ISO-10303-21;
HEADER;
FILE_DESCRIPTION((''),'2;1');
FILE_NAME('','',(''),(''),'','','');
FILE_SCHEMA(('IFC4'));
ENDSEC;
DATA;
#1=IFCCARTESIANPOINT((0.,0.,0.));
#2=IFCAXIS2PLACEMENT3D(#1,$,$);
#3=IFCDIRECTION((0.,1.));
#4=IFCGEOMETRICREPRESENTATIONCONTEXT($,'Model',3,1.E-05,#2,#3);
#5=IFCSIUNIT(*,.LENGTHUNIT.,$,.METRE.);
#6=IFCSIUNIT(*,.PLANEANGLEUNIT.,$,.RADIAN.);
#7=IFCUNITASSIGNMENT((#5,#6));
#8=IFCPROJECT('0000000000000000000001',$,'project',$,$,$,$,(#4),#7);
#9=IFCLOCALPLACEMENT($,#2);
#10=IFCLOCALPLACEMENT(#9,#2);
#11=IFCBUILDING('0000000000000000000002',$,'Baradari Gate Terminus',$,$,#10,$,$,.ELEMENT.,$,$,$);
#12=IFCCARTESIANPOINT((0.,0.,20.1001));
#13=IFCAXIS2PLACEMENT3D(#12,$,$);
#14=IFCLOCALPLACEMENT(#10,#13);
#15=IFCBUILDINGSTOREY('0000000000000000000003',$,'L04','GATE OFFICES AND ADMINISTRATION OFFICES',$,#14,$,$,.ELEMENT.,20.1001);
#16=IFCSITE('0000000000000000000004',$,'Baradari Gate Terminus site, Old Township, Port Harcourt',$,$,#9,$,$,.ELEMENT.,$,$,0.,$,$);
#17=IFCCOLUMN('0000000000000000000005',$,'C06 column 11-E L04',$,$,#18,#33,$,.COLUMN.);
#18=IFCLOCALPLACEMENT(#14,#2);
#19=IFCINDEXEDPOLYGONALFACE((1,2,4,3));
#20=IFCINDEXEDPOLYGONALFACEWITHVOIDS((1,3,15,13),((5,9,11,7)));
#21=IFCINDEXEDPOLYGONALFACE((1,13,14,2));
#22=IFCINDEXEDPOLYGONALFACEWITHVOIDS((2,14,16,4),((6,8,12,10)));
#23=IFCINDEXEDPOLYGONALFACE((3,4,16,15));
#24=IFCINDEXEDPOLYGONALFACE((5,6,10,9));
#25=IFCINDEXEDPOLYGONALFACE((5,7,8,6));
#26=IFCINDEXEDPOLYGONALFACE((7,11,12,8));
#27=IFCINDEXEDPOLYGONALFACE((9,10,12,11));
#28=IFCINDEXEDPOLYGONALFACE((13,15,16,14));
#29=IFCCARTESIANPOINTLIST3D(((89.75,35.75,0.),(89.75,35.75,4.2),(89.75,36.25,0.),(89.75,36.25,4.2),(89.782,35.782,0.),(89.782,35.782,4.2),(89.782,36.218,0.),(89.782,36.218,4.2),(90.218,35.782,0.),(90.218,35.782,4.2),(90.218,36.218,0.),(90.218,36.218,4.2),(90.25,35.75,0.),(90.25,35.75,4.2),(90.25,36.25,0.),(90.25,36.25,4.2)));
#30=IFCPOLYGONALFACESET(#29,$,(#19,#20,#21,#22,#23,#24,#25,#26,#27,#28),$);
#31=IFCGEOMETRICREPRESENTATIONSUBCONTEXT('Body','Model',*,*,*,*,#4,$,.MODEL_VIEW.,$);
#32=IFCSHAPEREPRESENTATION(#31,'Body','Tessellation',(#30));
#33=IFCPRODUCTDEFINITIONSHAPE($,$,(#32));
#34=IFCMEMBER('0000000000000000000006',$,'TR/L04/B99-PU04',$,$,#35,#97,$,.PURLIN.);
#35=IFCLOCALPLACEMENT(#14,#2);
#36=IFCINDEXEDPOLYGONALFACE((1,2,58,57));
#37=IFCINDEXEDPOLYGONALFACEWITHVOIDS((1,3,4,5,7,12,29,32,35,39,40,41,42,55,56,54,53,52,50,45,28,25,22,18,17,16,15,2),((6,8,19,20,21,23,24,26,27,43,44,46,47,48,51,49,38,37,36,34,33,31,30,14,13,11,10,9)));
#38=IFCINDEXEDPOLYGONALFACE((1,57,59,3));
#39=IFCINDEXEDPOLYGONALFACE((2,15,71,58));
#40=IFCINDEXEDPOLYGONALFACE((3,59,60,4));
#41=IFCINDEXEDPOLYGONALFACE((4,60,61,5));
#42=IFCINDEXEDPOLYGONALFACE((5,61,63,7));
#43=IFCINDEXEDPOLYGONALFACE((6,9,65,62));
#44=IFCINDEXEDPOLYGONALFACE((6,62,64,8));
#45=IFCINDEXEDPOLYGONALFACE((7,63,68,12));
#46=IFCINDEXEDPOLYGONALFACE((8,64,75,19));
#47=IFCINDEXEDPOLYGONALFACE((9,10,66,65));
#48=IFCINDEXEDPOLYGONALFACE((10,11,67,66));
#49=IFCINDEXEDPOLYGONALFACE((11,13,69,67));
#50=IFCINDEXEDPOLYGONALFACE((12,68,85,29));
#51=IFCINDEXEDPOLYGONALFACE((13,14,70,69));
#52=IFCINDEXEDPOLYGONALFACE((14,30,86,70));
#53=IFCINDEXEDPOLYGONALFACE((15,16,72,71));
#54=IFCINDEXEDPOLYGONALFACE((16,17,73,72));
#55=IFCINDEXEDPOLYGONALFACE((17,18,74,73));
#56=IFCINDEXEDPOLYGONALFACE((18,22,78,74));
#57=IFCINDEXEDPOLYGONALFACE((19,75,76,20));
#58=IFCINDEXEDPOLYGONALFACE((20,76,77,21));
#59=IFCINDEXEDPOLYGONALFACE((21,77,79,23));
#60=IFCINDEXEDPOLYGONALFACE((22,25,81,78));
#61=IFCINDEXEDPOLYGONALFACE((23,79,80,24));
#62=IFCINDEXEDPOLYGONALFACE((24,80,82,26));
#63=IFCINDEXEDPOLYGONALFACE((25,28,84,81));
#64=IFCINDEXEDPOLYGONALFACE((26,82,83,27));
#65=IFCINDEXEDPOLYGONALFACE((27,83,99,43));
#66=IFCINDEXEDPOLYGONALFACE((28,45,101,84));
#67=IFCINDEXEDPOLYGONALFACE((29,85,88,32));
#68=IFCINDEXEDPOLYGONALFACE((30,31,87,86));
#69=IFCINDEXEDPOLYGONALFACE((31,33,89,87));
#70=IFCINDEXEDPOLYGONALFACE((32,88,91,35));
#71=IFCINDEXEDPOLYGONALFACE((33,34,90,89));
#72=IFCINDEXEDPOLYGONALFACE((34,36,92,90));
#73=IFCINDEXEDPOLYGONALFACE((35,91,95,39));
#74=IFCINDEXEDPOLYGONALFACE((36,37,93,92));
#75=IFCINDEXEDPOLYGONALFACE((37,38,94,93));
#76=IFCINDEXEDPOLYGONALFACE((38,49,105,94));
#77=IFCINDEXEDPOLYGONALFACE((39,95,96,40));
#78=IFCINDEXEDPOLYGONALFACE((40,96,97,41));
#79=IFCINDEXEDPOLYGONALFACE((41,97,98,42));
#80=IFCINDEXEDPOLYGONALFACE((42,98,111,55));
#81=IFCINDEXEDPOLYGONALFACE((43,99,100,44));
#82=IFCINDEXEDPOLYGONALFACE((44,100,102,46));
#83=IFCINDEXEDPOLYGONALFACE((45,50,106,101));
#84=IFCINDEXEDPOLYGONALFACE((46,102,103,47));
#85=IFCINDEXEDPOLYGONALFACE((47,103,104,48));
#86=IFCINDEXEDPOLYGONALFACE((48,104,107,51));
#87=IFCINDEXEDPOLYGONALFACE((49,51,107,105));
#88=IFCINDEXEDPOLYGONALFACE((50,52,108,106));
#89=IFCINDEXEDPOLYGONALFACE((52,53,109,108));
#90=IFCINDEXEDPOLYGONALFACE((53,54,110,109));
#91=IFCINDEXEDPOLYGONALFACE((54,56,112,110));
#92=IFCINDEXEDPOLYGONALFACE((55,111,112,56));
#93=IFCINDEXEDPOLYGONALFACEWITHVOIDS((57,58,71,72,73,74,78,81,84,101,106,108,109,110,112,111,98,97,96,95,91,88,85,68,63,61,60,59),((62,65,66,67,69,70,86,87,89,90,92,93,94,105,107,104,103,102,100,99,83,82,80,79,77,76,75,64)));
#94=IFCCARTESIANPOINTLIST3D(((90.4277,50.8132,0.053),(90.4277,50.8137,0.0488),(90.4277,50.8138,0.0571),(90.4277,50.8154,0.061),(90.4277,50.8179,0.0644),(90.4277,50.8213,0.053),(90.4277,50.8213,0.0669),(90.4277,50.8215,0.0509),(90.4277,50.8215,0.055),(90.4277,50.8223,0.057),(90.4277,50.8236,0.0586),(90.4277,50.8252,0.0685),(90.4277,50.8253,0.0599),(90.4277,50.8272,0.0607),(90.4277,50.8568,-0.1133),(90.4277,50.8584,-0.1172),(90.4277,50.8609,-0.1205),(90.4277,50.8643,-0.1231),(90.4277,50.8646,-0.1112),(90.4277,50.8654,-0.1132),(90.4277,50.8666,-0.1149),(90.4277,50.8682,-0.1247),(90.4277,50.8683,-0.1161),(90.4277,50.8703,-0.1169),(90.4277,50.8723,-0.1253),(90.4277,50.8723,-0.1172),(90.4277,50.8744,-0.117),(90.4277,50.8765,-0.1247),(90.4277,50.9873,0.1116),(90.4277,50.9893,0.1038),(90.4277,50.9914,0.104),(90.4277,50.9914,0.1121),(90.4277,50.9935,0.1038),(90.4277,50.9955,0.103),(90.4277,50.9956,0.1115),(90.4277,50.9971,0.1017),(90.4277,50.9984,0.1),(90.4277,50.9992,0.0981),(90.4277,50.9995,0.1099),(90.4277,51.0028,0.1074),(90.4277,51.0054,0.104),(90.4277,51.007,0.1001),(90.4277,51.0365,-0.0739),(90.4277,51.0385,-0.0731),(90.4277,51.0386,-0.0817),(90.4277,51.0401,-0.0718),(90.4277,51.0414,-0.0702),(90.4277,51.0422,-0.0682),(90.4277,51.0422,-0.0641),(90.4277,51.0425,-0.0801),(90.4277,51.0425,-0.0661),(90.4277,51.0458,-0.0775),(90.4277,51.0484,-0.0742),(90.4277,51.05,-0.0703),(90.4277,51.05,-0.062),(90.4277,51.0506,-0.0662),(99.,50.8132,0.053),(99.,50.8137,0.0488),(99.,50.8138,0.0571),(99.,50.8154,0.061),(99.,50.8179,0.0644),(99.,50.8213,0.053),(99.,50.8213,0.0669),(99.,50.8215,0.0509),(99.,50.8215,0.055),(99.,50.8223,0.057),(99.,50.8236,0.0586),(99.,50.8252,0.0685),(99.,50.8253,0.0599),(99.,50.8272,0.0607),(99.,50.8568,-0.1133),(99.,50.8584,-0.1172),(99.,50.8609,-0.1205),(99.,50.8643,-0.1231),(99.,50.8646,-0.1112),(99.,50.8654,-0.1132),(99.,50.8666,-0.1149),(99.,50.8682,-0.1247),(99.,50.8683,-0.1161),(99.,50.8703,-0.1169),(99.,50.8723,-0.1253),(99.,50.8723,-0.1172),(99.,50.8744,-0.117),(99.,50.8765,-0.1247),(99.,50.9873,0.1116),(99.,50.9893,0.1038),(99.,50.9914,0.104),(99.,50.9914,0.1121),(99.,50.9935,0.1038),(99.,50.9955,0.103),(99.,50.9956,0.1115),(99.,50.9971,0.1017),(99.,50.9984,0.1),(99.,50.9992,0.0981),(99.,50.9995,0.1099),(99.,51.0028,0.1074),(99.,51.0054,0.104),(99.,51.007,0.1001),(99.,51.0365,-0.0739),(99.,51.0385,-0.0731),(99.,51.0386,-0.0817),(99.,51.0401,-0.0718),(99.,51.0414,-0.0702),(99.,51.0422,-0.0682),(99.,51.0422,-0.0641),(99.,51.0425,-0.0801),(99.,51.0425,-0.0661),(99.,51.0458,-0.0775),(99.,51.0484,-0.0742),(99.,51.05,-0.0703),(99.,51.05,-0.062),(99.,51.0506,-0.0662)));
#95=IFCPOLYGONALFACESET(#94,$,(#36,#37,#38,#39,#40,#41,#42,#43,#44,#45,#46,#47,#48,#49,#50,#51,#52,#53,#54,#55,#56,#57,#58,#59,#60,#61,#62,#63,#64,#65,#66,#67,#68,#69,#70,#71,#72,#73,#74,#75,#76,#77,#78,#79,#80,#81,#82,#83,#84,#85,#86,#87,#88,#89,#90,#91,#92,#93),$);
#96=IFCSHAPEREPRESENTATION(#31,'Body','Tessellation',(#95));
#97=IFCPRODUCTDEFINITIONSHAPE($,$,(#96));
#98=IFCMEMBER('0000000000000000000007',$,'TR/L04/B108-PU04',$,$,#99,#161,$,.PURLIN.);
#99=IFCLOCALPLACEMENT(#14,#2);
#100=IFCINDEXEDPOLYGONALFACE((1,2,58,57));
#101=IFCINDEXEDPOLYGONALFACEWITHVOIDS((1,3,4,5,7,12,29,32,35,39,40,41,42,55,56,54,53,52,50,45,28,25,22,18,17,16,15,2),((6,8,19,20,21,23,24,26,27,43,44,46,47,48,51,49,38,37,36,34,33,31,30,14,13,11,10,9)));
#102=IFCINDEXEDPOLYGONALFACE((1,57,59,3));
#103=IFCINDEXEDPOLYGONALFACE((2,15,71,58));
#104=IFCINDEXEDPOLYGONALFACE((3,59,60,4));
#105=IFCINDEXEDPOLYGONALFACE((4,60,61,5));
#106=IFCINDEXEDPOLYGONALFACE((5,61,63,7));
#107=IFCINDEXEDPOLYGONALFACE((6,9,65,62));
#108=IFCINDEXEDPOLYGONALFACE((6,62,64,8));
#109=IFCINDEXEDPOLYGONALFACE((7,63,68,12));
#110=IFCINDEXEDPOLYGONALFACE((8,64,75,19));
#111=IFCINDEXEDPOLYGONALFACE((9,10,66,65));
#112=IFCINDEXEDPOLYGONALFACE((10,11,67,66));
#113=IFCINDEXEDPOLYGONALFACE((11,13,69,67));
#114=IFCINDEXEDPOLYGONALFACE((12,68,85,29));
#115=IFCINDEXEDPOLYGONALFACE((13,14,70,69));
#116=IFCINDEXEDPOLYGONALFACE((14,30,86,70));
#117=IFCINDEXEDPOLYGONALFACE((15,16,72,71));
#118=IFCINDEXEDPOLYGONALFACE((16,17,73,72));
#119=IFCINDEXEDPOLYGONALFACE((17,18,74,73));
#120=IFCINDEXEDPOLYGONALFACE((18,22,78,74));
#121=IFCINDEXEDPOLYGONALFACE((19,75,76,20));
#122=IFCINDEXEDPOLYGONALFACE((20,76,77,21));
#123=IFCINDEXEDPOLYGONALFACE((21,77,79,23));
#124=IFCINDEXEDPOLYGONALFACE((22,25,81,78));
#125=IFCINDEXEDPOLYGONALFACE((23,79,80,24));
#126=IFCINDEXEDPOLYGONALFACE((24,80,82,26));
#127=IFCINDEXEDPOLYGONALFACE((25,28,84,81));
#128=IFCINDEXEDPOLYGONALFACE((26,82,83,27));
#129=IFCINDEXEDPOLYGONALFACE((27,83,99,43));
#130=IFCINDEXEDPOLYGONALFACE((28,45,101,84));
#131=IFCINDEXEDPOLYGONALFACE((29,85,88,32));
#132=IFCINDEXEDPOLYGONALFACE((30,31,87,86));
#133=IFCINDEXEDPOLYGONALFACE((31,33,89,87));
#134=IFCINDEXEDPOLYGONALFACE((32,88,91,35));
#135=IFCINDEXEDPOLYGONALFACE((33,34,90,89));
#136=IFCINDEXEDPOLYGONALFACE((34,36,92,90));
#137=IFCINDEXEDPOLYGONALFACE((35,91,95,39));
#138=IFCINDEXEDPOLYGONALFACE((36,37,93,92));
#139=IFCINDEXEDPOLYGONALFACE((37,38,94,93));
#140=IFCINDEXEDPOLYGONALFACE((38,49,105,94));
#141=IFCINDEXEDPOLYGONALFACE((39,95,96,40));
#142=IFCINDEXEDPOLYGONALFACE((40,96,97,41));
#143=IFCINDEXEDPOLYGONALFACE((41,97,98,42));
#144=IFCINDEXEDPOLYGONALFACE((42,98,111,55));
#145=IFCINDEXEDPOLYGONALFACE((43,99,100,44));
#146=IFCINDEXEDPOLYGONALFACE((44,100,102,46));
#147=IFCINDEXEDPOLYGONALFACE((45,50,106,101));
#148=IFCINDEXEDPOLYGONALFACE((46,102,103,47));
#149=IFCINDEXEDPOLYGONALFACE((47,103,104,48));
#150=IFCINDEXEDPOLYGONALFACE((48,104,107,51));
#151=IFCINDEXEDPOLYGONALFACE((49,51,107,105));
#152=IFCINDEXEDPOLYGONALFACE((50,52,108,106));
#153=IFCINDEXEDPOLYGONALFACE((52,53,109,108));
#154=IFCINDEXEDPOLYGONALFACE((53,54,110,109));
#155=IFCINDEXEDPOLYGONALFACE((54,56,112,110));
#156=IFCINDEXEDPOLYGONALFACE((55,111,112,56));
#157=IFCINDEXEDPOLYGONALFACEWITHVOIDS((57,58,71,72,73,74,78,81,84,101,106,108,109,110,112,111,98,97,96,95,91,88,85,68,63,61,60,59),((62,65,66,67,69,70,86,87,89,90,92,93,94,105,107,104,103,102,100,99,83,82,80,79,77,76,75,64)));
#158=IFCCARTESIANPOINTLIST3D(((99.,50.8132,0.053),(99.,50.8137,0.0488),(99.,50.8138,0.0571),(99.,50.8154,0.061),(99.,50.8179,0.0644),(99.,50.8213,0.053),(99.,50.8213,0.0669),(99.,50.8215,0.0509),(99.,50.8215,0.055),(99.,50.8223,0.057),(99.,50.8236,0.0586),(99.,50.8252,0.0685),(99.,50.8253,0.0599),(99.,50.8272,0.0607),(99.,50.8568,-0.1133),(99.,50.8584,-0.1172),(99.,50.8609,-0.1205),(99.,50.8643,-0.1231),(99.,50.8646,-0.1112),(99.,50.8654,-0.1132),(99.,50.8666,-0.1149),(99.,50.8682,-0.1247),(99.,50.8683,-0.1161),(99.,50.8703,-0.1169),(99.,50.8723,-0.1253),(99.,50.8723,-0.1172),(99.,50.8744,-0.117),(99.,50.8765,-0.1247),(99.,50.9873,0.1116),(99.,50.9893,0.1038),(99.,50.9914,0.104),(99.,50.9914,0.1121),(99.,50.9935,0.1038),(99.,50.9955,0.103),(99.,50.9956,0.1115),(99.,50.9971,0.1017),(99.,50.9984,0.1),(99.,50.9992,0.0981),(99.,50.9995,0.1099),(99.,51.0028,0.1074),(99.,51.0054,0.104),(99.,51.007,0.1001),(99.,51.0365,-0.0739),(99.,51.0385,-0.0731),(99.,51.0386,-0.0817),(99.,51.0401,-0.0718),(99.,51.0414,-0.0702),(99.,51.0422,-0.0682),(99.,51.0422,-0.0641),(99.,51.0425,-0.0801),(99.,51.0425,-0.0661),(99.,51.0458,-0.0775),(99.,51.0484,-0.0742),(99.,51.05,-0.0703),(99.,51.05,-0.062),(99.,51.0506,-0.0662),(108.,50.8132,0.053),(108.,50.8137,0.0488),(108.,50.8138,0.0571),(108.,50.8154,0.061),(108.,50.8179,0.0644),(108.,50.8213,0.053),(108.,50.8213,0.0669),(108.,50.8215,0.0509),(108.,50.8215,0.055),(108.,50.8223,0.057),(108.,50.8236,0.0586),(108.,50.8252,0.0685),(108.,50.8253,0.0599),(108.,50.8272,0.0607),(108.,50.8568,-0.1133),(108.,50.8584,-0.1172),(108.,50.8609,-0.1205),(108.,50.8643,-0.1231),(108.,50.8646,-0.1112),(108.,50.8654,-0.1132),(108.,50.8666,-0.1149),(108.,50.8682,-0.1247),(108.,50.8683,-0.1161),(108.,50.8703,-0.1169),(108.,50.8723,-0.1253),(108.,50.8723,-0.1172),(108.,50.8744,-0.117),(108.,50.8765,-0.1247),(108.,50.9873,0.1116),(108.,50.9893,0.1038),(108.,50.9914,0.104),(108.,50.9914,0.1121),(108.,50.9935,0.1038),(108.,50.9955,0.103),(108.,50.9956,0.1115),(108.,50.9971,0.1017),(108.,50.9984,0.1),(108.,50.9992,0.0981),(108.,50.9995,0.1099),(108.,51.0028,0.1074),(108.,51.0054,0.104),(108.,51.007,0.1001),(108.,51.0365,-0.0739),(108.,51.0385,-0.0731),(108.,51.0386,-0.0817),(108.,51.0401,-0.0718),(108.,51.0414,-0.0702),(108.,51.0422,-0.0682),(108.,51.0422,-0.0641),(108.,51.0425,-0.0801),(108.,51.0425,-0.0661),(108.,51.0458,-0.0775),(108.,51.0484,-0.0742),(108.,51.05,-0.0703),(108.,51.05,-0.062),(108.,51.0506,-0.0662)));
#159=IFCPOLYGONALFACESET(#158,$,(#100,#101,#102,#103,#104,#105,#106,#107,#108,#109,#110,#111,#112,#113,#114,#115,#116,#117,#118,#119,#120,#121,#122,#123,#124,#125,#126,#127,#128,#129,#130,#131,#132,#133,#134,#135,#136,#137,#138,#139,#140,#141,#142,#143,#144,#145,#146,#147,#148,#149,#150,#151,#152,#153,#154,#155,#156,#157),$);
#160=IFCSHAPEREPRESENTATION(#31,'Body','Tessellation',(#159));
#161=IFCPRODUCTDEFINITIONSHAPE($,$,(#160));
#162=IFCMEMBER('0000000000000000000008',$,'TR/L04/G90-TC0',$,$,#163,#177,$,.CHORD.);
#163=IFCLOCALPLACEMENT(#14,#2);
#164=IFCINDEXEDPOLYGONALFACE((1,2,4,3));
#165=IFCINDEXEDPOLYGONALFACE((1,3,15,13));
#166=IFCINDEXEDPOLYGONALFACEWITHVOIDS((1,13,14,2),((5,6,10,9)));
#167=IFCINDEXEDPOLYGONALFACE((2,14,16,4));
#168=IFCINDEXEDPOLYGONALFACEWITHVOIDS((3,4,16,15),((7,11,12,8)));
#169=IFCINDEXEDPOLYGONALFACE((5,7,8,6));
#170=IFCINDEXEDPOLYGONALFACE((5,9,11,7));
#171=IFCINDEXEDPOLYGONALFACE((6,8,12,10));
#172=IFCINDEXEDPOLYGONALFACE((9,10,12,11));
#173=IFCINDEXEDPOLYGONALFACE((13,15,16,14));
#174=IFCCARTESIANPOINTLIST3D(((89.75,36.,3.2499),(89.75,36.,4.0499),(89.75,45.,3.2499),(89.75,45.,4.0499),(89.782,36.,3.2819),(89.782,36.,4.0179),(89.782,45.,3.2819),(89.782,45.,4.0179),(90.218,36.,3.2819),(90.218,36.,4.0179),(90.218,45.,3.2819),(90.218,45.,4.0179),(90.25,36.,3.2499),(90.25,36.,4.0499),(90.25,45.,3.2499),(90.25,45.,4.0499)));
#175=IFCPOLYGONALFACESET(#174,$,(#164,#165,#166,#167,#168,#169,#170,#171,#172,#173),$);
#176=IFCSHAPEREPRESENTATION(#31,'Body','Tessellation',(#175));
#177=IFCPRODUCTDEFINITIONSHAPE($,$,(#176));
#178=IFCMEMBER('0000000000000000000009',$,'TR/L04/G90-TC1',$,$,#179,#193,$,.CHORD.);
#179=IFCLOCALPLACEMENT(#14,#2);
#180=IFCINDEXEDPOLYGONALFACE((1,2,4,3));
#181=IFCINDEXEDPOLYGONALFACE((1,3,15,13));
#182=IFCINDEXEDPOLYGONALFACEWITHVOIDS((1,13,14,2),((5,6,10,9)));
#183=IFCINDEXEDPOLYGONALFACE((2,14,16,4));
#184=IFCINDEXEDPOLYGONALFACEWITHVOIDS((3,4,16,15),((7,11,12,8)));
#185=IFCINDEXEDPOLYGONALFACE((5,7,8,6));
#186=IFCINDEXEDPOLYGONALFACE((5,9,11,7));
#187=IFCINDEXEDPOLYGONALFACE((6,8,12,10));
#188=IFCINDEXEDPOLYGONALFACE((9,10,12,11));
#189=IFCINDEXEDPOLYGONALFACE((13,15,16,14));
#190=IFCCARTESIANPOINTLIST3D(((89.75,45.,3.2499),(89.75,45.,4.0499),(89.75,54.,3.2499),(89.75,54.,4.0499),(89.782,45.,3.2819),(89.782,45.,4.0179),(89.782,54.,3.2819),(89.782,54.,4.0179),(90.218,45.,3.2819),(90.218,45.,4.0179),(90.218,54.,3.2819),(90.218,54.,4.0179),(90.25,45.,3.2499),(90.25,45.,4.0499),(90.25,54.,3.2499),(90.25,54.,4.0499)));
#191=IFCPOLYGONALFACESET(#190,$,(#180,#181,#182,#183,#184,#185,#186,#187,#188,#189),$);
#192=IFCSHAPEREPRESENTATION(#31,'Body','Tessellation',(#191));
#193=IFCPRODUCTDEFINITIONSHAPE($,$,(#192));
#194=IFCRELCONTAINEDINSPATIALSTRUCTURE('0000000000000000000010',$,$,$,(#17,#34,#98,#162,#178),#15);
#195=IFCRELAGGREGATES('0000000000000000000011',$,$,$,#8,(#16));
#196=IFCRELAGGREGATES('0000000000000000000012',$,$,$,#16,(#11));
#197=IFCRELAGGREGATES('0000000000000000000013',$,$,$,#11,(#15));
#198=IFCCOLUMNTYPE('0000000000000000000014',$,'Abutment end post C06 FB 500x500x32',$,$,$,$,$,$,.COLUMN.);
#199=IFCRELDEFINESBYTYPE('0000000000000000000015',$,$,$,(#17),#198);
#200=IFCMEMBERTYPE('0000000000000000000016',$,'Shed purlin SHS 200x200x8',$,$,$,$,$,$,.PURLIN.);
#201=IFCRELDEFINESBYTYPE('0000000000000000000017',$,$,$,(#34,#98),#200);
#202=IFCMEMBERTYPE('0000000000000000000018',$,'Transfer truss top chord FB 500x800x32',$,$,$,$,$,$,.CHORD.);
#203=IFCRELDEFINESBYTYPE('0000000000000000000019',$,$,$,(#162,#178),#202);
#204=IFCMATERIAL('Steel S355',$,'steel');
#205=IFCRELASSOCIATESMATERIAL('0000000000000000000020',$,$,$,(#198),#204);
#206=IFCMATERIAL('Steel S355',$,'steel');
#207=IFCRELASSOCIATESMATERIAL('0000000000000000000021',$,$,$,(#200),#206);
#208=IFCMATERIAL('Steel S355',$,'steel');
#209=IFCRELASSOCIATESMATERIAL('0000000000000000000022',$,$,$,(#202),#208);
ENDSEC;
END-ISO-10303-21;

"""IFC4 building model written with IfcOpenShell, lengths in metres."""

from ifc_helpers import new_model, si_unit, direction, frame, origin, origin_2d, place, context, subcontext, project, spatial, hollow_rectangle, extrude, material, material_profile, profile_set, type_object, element, save


model = new_model("IFC4")

# Units and contexts
model_context = context("Model", 3, precision=1e-05, world=origin(), true_north=direction((0.0, 1.0)))
body_context = subcontext(model_context, "Body", "Model", "MODEL_VIEW")
ifc_project = project(units=[si_unit("LENGTHUNIT", "METRE"), si_unit("PLANEANGLEUNIT", "RADIAN")], contexts=[model_context])

# Site, building, storey
site_placement = place(None, origin())
site = spatial("IfcSite", under=ifc_project, at=site_placement, Name="Baradari Gate Terminus site, Old Township, Port Harcourt", CompositionType="ELEMENT", RefElevation=0.0)
building_placement = place(site_placement, origin())
building = spatial("IfcBuilding", under=site, at=building_placement, Name="Baradari Gate Terminus", CompositionType="ELEMENT")
storey_placement = place(building_placement, frame((0.0, 0.0, 20.1001)))
storey = spatial("IfcBuildingStorey", under=building, at=storey_placement, Name="L04", Description="GATE OFFICES AND ADMINISTRATION OFFICES", CompositionType="ELEMENT", Elevation=20.1001)

# Column
ifc_material_1 = material(Name="Steel S355", Category="steel")
ifc_material_profile_1 = material_profile(ifc_material_1, hollow_rectangle(XDim=0.5, YDim=0.5, WallThickness=0.032, at=origin_2d()), Name="FB 500x500x32")
ifc_profile_set_1 = profile_set([ifc_material_profile_1], Name="Steel S355")
column_type = type_object("IfcColumnType", Name="Abutment end post C06 FB 500x500x32", PredefinedType="COLUMN", material=ifc_profile_set_1)
column_placement = place(storey_placement, frame((90.0, 36.0, 0.0), z_axis=(0.0, 0.0, 1.0), x_axis=(1.0, 0.0, 0.0)))
element("IfcColumn", 1, at=column_placement, inside=storey, type_object=column_type, Name="C06 column 11-E L04", PredefinedType="COLUMN", context=body_context, shape_type="SweptSolid", body=[
    extrude(hollow_rectangle(XDim=0.5, YDim=0.5, WallThickness=0.032, at=origin_2d()), origin(), (0.0, 0.0, 1.0), 4.2),
])

# Members
ifc_material_2 = material(Name="Steel S355", Category="steel")
ifc_material_profile_2 = material_profile(ifc_material_2, hollow_rectangle(XDim=0.2, YDim=0.2, WallThickness=0.0081, InnerFilletRadius=0.0081, OuterFilletRadius=0.0161, at=origin_2d()), Name="SHS 200x200x8")
ifc_profile_set_2 = profile_set([ifc_material_profile_2], Name="Steel S355")
member_type_1 = type_object("IfcMemberType", Name="Shed purlin SHS 200x200x8", PredefinedType="PURLIN", material=ifc_profile_set_2)
member_1_placement = place(storey_placement, frame((90.4277, 50.9319, -0.0066), z_axis=(1.0, 0.0, 0.0), x_axis=(0.0, 0.9665, 0.256668)))
element("IfcMember", 2, at=member_1_placement, inside=storey, type_object=member_type_1, Name="TR/L04/B99-PU04", PredefinedType="PURLIN", context=body_context, shape_type="SweptSolid", body=[
    extrude(hollow_rectangle(XDim=0.2, YDim=0.2, WallThickness=0.0081, InnerFilletRadius=0.0081, OuterFilletRadius=0.0161, at=origin_2d()), origin(), (0.0, 0.0, 1.0), 8.5723),
])
member_2_placement = place(storey_placement, frame((99.0, 50.9319, -0.0066), z_axis=(1.0, 0.0, 0.0), x_axis=(0.0, 0.9665, 0.256668)))
element("IfcMember", 3, at=member_2_placement, inside=storey, type_object=member_type_1, Name="TR/L04/B108-PU04", PredefinedType="PURLIN", context=body_context, shape_type="SweptSolid", body=[
    extrude(hollow_rectangle(XDim=0.2, YDim=0.2, WallThickness=0.0081, InnerFilletRadius=0.0081, OuterFilletRadius=0.0161, at=origin_2d()), origin(), (0.0, 0.0, 1.0), 9.0),
])
ifc_material_3 = material(Name="Steel S355", Category="steel")
ifc_material_profile_3 = material_profile(ifc_material_3, hollow_rectangle(XDim=0.5, YDim=0.8, WallThickness=0.032, at=origin_2d()), Name="FB 500x800x32")
ifc_profile_set_3 = profile_set([ifc_material_profile_3], Name="Steel S355")
member_type_2 = type_object("IfcMemberType", Name="Transfer truss top chord FB 500x800x32", PredefinedType="CHORD", material=ifc_profile_set_3)
for number, where, z_axis, x_axis, name in (
    (4, (90.0, 36.0, 3.6499), (0.0, 1.0, 0.0), (-1.0, 0.0, 0.0), "TR/L04/G90-TC0"),
    (5, (90.0, 45.0, 3.6499), (0.0, 1.0, 0.0), (-1.0, 0.0, 0.0), "TR/L04/G90-TC1"),
):
    element("IfcMember", number, at=place(storey_placement, frame(where, z_axis=z_axis, x_axis=x_axis)), inside=storey, type_object=member_type_2, Name=name, PredefinedType="CHORD", context=body_context, shape_type="SweptSolid", body=[
        extrude(hollow_rectangle(XDim=0.5, YDim=0.8, WallThickness=0.032, at=origin_2d()), origin(), (0.0, 0.0, 1.0), 9.0),
    ])

save(model, "model.ifc")
